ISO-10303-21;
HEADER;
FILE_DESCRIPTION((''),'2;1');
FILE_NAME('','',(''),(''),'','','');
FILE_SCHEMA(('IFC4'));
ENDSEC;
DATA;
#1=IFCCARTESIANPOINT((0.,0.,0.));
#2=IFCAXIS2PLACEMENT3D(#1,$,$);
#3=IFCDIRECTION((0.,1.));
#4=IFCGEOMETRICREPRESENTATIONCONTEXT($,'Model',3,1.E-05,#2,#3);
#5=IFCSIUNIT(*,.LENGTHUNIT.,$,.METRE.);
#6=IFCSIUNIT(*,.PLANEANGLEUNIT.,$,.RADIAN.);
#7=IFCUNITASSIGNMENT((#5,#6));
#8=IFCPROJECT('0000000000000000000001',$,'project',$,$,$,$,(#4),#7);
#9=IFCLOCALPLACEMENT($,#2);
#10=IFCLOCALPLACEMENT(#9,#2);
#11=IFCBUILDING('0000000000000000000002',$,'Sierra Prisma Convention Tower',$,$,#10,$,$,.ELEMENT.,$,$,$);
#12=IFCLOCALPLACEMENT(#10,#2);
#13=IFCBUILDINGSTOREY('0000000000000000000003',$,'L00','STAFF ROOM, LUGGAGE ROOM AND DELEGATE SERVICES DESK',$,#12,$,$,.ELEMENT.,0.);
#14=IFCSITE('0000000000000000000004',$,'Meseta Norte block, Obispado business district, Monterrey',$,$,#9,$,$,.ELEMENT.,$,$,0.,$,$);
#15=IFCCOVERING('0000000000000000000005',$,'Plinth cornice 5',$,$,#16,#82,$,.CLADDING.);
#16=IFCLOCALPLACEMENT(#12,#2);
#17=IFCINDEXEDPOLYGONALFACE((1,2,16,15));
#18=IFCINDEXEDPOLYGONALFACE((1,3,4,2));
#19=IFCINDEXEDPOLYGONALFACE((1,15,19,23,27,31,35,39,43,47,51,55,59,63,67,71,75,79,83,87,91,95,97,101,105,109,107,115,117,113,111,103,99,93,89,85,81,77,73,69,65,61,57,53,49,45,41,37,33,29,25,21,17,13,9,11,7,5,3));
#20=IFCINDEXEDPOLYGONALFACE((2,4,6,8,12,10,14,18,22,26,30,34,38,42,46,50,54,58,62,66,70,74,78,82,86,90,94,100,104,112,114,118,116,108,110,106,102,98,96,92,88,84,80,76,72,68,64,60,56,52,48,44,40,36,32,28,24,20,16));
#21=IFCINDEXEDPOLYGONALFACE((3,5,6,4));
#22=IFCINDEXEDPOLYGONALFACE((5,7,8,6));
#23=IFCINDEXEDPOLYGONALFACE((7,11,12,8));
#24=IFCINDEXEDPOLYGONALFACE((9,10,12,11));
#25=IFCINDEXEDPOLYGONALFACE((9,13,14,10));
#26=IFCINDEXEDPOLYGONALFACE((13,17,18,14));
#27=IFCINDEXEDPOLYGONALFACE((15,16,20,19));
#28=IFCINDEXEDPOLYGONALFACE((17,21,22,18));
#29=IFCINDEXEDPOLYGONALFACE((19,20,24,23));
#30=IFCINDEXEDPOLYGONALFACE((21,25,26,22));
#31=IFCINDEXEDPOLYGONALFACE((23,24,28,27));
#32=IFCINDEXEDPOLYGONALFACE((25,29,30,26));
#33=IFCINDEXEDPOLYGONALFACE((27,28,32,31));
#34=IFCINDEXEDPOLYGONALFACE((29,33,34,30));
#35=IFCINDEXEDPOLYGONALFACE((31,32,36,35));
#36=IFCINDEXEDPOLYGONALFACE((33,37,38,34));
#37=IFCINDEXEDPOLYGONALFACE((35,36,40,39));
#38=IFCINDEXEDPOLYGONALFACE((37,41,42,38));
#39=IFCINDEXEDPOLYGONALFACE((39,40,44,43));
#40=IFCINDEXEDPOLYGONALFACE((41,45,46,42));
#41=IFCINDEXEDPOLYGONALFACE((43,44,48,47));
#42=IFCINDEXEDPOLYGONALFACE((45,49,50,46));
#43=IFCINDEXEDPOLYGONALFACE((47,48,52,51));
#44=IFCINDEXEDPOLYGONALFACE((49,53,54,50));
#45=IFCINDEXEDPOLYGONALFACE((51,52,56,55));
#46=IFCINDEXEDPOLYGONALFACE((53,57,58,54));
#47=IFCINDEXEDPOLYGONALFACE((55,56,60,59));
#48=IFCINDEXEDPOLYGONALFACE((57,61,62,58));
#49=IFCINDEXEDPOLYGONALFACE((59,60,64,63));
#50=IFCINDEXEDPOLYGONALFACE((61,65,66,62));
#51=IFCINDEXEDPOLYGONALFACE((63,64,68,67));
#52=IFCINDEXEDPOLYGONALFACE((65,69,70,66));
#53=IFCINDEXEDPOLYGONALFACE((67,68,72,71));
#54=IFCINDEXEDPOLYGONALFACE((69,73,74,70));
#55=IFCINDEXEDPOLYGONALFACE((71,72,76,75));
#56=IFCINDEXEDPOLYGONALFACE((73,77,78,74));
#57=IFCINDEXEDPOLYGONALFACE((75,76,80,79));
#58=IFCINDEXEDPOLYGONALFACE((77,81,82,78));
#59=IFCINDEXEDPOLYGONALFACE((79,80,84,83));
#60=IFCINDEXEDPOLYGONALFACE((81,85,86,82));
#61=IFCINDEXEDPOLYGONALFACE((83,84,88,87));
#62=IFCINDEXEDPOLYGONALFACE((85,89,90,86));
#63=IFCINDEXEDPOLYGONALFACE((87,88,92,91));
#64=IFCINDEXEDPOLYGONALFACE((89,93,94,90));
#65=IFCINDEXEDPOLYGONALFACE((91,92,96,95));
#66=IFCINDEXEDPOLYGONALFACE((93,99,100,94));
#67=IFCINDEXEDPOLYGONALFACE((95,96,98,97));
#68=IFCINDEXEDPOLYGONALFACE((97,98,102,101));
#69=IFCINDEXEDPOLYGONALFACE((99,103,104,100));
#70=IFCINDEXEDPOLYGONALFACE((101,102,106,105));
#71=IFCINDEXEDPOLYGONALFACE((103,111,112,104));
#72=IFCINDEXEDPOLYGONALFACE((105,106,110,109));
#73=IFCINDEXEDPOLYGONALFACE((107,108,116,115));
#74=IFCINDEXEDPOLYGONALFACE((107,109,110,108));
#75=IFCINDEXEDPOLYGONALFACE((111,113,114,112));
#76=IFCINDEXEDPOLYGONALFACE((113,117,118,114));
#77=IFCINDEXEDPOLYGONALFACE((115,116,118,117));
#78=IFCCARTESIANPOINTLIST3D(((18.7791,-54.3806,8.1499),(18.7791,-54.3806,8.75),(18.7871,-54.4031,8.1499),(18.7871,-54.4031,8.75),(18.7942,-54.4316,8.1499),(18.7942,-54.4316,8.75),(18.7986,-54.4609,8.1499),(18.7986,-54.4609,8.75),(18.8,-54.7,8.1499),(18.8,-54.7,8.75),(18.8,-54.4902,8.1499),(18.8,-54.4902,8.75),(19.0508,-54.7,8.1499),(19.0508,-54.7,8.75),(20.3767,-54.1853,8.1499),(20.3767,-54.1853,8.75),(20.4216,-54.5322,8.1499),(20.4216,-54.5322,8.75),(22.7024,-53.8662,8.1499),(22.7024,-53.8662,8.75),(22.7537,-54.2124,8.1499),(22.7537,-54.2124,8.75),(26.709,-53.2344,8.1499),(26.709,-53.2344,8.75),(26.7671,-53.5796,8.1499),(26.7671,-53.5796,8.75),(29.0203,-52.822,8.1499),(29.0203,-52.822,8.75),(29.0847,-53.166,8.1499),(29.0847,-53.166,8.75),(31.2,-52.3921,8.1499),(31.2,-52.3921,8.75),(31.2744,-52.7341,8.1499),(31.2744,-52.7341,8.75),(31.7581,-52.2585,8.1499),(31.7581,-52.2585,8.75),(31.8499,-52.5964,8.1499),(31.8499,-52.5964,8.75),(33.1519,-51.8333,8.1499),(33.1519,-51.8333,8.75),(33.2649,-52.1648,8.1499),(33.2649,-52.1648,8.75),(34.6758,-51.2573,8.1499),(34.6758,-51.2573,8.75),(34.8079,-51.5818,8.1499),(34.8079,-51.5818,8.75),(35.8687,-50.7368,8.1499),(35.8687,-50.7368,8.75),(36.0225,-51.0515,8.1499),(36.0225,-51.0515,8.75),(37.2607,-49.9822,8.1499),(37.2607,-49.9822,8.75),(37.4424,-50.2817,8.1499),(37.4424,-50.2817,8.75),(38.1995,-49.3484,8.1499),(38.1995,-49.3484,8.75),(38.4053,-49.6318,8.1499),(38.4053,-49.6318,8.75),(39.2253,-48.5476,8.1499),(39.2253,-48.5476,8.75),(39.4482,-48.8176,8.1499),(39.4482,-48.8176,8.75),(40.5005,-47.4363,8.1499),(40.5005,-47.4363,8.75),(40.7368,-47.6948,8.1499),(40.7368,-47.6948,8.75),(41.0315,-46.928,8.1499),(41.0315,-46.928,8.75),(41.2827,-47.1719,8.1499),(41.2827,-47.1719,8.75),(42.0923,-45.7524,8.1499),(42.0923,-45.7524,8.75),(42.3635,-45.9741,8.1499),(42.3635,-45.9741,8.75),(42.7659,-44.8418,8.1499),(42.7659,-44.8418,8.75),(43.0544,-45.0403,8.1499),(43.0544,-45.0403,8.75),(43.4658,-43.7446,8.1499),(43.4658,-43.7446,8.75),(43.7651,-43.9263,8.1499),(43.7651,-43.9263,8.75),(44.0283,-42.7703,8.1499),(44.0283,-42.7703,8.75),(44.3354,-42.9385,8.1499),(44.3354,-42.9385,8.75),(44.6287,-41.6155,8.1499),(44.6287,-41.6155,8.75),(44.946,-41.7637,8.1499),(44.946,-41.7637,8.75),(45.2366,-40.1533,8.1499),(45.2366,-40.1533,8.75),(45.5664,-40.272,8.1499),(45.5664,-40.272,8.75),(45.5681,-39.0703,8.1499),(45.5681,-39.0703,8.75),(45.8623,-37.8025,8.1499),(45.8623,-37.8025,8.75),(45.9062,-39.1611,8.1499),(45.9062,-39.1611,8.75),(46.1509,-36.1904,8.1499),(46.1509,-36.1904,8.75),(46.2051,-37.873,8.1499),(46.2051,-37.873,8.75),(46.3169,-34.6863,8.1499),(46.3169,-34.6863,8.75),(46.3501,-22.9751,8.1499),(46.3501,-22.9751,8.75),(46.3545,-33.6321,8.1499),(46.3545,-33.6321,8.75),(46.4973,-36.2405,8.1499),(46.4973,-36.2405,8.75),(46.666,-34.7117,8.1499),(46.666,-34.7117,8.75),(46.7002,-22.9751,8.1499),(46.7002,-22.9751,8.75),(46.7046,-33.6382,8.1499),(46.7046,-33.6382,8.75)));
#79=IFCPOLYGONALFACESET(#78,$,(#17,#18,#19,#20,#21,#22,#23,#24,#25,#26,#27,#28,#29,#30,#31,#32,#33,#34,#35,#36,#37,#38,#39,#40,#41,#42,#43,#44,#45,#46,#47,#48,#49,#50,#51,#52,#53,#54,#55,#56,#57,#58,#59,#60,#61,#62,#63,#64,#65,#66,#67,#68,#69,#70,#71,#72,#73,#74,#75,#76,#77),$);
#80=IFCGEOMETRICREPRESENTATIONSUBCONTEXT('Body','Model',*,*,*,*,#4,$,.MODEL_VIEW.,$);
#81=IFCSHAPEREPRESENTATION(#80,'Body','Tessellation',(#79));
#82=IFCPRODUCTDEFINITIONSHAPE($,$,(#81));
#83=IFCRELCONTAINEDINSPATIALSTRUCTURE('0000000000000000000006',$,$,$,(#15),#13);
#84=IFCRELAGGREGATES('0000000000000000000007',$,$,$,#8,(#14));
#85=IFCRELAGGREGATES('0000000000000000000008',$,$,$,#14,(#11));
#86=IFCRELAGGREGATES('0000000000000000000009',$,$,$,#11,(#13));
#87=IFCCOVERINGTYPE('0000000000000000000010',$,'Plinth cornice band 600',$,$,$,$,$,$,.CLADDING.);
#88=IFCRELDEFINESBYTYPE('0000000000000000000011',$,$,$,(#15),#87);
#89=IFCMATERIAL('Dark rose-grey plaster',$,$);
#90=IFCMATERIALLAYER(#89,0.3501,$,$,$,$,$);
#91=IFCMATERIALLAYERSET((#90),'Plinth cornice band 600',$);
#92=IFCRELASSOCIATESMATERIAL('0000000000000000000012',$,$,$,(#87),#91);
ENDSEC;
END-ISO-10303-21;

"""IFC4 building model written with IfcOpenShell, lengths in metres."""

from ifc_helpers import new_model, si_unit, direction, frame, origin, place, context, subcontext, project, spatial, polyline, outline, extrude, material, layer, layer_set, type_object, element, save


model = new_model("IFC4")

# Units and contexts
model_context = context("Model", 3, precision=1e-05, world=origin(), true_north=direction((0.0, 1.0)))
body_context = subcontext(model_context, "Body", "Model", "MODEL_VIEW")
ifc_project = project(units=[si_unit("LENGTHUNIT", "METRE"), si_unit("PLANEANGLEUNIT", "RADIAN")], contexts=[model_context])

# Site, building, storey
site_placement = place(None, origin())
site = spatial("IfcSite", under=ifc_project, at=site_placement, Name="Meseta Norte block, Obispado business district, Monterrey", CompositionType="ELEMENT", RefElevation=0.0)
building_placement = place(site_placement, origin())
building = spatial("IfcBuilding", under=site, at=building_placement, Name="Sierra Prisma Convention Tower", CompositionType="ELEMENT")
storey_placement = place(building_placement, origin())
storey = spatial("IfcBuildingStorey", under=building, at=storey_placement, Name="L00", Description="STAFF ROOM, LUGGAGE ROOM AND DELEGATE SERVICES DESK", CompositionType="ELEMENT", Elevation=0.0)

# Covering
ifc_material_1 = material(Name="Dark rose-grey plaster")
ifc_layer_1 = layer(ifc_material_1, 0.3501)
ifc_layer_set_1 = layer_set([ifc_layer_1], Name="Plinth cornice band 600")
covering_type = type_object("IfcCoveringType", Name="Plinth cornice band 600", PredefinedType="CLADDING", material=ifc_layer_set_1)
covering_1_placement = place(storey_placement, frame((0.0, 0.0, 8.1499)))
element("IfcCovering", 1, at=covering_1_placement, inside=storey, type_object=covering_type, Name="Plinth cornice 5", PredefinedType="CLADDING", context=body_context, shape_type="SweptSolid", body=[
    extrude(outline(polyline([(46.7002, -22.9751), (46.3501, -22.9751), (46.3545, -33.6321), (46.3169, -34.6863), (46.1509, -36.1904), (45.8623, -37.8025), (45.5681, -39.0703), (45.2366, -40.1533), (44.6287, -41.6155), (44.0283, -42.7703), (43.4658, -43.7446), (42.7659, -44.8418), (42.0923, -45.7524), (41.0315, -46.928), (40.5005, -47.4363), (39.2253, -48.5476), (38.1995, -49.3484), (37.2607, -49.9822), (35.8687, -50.7368), (34.6758, -51.2573), (33.1519, -51.8333), (31.7581, -52.2585), (31.2, -52.3921), (29.0203, -52.822), (26.709, -53.2344), (22.7024, -53.8662), (20.3767, -54.1853), (18.7791, -54.3806), (18.7871, -54.4031), (18.7942, -54.4316), (18.7986, -54.4609), (18.8, -54.4902), (18.8, -54.7), (19.0508, -54.7), (20.4216, -54.5322), (22.7537, -54.2124), (26.7671, -53.5796), (29.0847, -53.166), (31.2744, -52.7341), (31.8499, -52.5964), (33.2649, -52.1648), (34.8079, -51.5818), (36.0225, -51.0515), (37.4424, -50.2817), (38.4053, -49.6318), (39.4482, -48.8176), (40.7368, -47.6948), (41.2827, -47.1719), (42.3635, -45.9741), (43.0544, -45.0403), (43.7651, -43.9263), (44.3354, -42.9385), (44.946, -41.7637), (45.5664, -40.272), (45.9062, -39.1611), (46.2051, -37.873), (46.4973, -36.2405), (46.666, -34.7117), (46.7046, -33.6382), (46.7002, -22.9751)])), origin(), (0.0, 0.0, 1.0), 0.6001),
])

save(model, "model.ifc")
